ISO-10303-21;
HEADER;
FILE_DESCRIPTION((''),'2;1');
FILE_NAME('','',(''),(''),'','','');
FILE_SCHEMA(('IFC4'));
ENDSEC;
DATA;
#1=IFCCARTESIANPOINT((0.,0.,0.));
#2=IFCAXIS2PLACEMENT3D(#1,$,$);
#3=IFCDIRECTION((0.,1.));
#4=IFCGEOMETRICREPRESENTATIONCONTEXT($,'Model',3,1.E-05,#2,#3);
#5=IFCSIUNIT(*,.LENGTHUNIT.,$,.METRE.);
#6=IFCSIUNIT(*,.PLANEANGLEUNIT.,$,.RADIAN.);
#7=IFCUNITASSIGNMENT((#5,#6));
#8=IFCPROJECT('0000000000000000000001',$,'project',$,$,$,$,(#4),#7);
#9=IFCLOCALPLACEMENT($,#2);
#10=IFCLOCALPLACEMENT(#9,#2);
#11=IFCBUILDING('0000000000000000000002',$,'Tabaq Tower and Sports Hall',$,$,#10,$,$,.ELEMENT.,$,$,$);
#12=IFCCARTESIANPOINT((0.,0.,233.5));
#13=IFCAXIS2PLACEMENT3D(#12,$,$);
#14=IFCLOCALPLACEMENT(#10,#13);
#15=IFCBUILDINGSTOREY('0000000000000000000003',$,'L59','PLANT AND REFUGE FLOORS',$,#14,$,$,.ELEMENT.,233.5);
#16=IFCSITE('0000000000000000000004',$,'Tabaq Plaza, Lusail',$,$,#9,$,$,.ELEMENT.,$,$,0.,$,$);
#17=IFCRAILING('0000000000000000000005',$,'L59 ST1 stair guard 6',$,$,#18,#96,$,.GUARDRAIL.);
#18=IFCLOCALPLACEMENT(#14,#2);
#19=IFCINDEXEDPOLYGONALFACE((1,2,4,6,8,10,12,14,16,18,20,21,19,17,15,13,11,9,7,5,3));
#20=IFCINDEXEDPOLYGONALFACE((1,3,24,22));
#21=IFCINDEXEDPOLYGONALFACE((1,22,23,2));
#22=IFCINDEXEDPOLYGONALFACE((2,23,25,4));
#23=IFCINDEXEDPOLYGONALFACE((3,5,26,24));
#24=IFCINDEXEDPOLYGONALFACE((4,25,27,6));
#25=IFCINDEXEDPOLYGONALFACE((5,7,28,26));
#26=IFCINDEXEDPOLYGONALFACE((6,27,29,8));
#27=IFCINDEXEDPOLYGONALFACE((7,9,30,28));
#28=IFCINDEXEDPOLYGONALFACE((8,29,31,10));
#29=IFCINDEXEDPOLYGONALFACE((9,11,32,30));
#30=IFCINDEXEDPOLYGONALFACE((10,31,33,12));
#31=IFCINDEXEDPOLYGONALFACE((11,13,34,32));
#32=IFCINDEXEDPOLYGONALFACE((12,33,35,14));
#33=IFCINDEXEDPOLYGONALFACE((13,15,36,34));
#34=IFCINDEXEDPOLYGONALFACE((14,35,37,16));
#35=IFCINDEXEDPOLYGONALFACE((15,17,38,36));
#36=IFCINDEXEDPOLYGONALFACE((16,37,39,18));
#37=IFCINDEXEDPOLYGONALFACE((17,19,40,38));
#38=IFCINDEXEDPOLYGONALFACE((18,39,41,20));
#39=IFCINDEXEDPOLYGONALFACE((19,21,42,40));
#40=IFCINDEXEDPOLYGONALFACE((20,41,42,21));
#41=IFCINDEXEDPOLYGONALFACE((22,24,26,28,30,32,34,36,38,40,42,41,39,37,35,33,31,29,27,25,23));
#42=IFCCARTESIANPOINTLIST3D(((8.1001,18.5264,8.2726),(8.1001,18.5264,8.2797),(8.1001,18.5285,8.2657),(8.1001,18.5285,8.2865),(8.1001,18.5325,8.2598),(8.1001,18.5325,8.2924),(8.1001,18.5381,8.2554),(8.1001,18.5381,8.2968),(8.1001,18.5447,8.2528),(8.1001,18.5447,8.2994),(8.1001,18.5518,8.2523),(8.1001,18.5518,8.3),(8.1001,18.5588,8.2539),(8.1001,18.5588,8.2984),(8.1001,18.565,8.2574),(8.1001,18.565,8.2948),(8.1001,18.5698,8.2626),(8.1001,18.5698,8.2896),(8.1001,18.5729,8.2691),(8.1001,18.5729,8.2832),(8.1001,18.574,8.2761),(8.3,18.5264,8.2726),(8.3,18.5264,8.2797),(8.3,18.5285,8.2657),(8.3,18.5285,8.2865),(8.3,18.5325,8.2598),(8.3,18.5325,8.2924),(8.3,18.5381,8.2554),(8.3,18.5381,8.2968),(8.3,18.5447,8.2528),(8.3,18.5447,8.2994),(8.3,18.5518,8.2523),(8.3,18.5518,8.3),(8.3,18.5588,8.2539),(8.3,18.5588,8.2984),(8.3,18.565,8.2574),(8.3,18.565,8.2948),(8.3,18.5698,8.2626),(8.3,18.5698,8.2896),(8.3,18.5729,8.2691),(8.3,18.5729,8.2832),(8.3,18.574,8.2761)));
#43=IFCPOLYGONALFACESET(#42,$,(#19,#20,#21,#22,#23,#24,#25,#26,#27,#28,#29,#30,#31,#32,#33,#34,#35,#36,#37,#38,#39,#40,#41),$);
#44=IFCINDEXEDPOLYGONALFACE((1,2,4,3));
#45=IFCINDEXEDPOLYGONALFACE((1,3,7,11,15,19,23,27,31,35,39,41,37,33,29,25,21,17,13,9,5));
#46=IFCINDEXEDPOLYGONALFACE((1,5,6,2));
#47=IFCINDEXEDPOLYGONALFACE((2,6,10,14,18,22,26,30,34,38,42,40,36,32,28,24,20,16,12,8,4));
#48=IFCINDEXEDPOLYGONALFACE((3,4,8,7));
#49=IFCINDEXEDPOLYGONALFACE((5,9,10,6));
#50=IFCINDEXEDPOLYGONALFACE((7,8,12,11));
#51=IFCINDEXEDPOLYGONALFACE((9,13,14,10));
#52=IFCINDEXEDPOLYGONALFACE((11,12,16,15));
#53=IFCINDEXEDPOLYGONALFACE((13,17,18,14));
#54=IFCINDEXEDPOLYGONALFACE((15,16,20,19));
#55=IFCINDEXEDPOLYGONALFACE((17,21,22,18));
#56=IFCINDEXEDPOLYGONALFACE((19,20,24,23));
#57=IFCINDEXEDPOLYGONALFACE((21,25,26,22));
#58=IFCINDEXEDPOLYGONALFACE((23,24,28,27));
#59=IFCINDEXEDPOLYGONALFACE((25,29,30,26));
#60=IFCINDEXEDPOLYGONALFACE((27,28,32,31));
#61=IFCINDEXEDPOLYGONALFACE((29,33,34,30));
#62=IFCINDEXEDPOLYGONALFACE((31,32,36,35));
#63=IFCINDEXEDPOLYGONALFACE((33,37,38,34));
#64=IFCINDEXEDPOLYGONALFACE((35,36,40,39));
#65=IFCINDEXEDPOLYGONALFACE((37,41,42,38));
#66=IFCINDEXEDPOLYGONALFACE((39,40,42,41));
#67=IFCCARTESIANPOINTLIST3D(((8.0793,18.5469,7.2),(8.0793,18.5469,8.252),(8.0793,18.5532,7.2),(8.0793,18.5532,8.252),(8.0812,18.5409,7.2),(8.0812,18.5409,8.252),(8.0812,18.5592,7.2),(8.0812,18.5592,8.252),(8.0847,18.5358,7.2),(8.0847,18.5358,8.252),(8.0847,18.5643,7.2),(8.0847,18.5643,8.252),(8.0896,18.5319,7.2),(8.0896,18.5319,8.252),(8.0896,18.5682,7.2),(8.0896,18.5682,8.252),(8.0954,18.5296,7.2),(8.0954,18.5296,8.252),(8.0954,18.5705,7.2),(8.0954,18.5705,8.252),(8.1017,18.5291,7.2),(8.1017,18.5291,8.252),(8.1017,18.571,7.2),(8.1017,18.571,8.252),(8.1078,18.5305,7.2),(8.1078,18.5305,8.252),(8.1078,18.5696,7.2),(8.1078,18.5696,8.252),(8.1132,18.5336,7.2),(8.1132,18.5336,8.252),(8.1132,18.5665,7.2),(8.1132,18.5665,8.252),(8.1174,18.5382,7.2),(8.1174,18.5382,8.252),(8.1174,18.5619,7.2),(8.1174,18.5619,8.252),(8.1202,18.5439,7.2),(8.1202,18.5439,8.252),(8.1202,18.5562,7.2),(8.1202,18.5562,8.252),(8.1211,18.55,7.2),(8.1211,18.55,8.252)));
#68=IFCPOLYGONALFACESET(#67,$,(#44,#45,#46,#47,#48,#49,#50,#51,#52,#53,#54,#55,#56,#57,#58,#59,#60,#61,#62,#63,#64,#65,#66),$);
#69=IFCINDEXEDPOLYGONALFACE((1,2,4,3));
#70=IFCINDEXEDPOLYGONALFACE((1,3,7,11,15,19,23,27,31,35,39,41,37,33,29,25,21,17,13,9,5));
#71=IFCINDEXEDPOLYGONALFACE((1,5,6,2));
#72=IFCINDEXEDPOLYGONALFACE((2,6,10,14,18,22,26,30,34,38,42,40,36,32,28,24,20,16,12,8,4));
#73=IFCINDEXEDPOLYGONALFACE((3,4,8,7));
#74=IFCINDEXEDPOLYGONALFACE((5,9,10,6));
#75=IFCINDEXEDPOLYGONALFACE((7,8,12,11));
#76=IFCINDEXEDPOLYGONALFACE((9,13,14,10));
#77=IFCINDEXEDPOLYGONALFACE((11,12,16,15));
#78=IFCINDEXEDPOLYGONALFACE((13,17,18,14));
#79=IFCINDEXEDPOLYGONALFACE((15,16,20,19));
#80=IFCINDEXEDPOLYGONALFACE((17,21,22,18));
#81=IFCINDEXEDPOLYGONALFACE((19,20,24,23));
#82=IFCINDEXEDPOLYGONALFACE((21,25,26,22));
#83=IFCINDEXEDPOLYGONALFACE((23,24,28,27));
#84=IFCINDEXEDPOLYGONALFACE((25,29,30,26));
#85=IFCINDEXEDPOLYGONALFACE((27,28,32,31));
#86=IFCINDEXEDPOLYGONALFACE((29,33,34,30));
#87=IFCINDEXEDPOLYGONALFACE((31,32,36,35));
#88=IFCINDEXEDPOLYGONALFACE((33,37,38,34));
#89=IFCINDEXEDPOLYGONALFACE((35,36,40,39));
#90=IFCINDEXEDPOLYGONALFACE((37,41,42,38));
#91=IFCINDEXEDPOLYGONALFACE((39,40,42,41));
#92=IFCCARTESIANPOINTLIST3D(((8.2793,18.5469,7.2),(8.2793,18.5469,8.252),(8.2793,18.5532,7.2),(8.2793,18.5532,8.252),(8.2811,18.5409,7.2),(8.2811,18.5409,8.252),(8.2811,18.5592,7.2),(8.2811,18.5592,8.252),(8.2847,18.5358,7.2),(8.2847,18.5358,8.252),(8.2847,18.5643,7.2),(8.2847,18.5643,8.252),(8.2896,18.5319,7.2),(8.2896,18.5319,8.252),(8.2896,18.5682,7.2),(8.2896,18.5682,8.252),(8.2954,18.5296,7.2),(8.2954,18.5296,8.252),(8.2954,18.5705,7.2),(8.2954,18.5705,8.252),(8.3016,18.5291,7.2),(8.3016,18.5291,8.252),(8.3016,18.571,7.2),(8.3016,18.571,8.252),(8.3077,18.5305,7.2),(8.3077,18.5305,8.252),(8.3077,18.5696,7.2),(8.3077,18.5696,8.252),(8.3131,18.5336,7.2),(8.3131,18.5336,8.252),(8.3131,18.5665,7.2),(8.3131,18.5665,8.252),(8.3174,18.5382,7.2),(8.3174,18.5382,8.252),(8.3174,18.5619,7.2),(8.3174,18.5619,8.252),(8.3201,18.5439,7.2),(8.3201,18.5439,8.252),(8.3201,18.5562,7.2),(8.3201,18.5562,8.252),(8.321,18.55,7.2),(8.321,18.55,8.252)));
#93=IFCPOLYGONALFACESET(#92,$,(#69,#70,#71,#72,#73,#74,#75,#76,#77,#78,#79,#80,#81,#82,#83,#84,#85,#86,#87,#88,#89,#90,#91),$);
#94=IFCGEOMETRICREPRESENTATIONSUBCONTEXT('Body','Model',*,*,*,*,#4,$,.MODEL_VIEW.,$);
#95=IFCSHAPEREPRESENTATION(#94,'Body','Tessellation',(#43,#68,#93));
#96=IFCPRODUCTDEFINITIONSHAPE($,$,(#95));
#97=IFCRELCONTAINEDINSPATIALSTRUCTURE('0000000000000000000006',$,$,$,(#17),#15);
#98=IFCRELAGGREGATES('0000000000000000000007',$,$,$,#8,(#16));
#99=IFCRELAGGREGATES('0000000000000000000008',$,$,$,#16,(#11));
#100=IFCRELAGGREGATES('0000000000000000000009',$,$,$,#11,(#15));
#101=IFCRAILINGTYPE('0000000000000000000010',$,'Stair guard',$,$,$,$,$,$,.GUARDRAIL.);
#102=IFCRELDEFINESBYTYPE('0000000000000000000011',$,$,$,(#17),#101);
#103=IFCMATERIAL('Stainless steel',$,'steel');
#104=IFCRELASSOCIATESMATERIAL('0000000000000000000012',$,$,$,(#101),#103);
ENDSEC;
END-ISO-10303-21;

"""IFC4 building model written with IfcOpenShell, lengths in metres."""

from ifc_helpers import new_model, si_unit, direction, frame, origin, origin_2d, place, context, subcontext, project, spatial, circle, extrude, material, type_object, element, save


model = new_model("IFC4")

# Units and contexts
model_context = context("Model", 3, precision=1e-05, world=origin(), true_north=direction((0.0, 1.0)))
body_context = subcontext(model_context, "Body", "Model", "MODEL_VIEW")
ifc_project = project(units=[si_unit("LENGTHUNIT", "METRE"), si_unit("PLANEANGLEUNIT", "RADIAN")], contexts=[model_context])

# Site, building, storey
site_placement = place(None, origin())
site = spatial("IfcSite", under=ifc_project, at=site_placement, Name="Tabaq Plaza, Lusail", CompositionType="ELEMENT", RefElevation=0.0)
building_placement = place(site_placement, origin())
building = spatial("IfcBuilding", under=site, at=building_placement, Name="Tabaq Tower and Sports Hall", CompositionType="ELEMENT")
storey_placement = place(building_placement, frame((0.0, 0.0, 233.5)))
storey = spatial("IfcBuildingStorey", under=building, at=storey_placement, Name="L59", Description="PLANT AND REFUGE FLOORS", CompositionType="ELEMENT", Elevation=233.5)

# Railing
ifc_material_1 = material(Name="Stainless steel", Category="steel")
railing_type_1 = type_object("IfcRailingType", Name="Stair guard", PredefinedType="GUARDRAIL", material=ifc_material_1)
railing_1_placement = place(storey_placement, frame((8.1001, 18.55, 7.2)))
element("IfcRailing", 1, at=railing_1_placement, inside=storey, type_object=railing_type_1, Name="L59 ST1 stair guard 6", PredefinedType="GUARDRAIL", context=body_context, shape_type="SweptSolid", body=[
    extrude(circle(Radius=0.0239, at=origin_2d()), frame((0.0, 0.0, 1.0762), z_axis=(1.0, 0.0, 0.0), x_axis=(0.0, 1.0, 0.0)), (0.0, 0.0, 1.0), 0.2),
    extrude(circle(Radius=0.021, at=origin_2d()), origin(), (0.0, 0.0, 1.0), 1.052),
    extrude(circle(Radius=0.021, at=origin_2d()), frame((0.2, 0.0, 0.0)), (0.0, 0.0, 1.0), 1.052),
])

save(model, "model.ifc")
